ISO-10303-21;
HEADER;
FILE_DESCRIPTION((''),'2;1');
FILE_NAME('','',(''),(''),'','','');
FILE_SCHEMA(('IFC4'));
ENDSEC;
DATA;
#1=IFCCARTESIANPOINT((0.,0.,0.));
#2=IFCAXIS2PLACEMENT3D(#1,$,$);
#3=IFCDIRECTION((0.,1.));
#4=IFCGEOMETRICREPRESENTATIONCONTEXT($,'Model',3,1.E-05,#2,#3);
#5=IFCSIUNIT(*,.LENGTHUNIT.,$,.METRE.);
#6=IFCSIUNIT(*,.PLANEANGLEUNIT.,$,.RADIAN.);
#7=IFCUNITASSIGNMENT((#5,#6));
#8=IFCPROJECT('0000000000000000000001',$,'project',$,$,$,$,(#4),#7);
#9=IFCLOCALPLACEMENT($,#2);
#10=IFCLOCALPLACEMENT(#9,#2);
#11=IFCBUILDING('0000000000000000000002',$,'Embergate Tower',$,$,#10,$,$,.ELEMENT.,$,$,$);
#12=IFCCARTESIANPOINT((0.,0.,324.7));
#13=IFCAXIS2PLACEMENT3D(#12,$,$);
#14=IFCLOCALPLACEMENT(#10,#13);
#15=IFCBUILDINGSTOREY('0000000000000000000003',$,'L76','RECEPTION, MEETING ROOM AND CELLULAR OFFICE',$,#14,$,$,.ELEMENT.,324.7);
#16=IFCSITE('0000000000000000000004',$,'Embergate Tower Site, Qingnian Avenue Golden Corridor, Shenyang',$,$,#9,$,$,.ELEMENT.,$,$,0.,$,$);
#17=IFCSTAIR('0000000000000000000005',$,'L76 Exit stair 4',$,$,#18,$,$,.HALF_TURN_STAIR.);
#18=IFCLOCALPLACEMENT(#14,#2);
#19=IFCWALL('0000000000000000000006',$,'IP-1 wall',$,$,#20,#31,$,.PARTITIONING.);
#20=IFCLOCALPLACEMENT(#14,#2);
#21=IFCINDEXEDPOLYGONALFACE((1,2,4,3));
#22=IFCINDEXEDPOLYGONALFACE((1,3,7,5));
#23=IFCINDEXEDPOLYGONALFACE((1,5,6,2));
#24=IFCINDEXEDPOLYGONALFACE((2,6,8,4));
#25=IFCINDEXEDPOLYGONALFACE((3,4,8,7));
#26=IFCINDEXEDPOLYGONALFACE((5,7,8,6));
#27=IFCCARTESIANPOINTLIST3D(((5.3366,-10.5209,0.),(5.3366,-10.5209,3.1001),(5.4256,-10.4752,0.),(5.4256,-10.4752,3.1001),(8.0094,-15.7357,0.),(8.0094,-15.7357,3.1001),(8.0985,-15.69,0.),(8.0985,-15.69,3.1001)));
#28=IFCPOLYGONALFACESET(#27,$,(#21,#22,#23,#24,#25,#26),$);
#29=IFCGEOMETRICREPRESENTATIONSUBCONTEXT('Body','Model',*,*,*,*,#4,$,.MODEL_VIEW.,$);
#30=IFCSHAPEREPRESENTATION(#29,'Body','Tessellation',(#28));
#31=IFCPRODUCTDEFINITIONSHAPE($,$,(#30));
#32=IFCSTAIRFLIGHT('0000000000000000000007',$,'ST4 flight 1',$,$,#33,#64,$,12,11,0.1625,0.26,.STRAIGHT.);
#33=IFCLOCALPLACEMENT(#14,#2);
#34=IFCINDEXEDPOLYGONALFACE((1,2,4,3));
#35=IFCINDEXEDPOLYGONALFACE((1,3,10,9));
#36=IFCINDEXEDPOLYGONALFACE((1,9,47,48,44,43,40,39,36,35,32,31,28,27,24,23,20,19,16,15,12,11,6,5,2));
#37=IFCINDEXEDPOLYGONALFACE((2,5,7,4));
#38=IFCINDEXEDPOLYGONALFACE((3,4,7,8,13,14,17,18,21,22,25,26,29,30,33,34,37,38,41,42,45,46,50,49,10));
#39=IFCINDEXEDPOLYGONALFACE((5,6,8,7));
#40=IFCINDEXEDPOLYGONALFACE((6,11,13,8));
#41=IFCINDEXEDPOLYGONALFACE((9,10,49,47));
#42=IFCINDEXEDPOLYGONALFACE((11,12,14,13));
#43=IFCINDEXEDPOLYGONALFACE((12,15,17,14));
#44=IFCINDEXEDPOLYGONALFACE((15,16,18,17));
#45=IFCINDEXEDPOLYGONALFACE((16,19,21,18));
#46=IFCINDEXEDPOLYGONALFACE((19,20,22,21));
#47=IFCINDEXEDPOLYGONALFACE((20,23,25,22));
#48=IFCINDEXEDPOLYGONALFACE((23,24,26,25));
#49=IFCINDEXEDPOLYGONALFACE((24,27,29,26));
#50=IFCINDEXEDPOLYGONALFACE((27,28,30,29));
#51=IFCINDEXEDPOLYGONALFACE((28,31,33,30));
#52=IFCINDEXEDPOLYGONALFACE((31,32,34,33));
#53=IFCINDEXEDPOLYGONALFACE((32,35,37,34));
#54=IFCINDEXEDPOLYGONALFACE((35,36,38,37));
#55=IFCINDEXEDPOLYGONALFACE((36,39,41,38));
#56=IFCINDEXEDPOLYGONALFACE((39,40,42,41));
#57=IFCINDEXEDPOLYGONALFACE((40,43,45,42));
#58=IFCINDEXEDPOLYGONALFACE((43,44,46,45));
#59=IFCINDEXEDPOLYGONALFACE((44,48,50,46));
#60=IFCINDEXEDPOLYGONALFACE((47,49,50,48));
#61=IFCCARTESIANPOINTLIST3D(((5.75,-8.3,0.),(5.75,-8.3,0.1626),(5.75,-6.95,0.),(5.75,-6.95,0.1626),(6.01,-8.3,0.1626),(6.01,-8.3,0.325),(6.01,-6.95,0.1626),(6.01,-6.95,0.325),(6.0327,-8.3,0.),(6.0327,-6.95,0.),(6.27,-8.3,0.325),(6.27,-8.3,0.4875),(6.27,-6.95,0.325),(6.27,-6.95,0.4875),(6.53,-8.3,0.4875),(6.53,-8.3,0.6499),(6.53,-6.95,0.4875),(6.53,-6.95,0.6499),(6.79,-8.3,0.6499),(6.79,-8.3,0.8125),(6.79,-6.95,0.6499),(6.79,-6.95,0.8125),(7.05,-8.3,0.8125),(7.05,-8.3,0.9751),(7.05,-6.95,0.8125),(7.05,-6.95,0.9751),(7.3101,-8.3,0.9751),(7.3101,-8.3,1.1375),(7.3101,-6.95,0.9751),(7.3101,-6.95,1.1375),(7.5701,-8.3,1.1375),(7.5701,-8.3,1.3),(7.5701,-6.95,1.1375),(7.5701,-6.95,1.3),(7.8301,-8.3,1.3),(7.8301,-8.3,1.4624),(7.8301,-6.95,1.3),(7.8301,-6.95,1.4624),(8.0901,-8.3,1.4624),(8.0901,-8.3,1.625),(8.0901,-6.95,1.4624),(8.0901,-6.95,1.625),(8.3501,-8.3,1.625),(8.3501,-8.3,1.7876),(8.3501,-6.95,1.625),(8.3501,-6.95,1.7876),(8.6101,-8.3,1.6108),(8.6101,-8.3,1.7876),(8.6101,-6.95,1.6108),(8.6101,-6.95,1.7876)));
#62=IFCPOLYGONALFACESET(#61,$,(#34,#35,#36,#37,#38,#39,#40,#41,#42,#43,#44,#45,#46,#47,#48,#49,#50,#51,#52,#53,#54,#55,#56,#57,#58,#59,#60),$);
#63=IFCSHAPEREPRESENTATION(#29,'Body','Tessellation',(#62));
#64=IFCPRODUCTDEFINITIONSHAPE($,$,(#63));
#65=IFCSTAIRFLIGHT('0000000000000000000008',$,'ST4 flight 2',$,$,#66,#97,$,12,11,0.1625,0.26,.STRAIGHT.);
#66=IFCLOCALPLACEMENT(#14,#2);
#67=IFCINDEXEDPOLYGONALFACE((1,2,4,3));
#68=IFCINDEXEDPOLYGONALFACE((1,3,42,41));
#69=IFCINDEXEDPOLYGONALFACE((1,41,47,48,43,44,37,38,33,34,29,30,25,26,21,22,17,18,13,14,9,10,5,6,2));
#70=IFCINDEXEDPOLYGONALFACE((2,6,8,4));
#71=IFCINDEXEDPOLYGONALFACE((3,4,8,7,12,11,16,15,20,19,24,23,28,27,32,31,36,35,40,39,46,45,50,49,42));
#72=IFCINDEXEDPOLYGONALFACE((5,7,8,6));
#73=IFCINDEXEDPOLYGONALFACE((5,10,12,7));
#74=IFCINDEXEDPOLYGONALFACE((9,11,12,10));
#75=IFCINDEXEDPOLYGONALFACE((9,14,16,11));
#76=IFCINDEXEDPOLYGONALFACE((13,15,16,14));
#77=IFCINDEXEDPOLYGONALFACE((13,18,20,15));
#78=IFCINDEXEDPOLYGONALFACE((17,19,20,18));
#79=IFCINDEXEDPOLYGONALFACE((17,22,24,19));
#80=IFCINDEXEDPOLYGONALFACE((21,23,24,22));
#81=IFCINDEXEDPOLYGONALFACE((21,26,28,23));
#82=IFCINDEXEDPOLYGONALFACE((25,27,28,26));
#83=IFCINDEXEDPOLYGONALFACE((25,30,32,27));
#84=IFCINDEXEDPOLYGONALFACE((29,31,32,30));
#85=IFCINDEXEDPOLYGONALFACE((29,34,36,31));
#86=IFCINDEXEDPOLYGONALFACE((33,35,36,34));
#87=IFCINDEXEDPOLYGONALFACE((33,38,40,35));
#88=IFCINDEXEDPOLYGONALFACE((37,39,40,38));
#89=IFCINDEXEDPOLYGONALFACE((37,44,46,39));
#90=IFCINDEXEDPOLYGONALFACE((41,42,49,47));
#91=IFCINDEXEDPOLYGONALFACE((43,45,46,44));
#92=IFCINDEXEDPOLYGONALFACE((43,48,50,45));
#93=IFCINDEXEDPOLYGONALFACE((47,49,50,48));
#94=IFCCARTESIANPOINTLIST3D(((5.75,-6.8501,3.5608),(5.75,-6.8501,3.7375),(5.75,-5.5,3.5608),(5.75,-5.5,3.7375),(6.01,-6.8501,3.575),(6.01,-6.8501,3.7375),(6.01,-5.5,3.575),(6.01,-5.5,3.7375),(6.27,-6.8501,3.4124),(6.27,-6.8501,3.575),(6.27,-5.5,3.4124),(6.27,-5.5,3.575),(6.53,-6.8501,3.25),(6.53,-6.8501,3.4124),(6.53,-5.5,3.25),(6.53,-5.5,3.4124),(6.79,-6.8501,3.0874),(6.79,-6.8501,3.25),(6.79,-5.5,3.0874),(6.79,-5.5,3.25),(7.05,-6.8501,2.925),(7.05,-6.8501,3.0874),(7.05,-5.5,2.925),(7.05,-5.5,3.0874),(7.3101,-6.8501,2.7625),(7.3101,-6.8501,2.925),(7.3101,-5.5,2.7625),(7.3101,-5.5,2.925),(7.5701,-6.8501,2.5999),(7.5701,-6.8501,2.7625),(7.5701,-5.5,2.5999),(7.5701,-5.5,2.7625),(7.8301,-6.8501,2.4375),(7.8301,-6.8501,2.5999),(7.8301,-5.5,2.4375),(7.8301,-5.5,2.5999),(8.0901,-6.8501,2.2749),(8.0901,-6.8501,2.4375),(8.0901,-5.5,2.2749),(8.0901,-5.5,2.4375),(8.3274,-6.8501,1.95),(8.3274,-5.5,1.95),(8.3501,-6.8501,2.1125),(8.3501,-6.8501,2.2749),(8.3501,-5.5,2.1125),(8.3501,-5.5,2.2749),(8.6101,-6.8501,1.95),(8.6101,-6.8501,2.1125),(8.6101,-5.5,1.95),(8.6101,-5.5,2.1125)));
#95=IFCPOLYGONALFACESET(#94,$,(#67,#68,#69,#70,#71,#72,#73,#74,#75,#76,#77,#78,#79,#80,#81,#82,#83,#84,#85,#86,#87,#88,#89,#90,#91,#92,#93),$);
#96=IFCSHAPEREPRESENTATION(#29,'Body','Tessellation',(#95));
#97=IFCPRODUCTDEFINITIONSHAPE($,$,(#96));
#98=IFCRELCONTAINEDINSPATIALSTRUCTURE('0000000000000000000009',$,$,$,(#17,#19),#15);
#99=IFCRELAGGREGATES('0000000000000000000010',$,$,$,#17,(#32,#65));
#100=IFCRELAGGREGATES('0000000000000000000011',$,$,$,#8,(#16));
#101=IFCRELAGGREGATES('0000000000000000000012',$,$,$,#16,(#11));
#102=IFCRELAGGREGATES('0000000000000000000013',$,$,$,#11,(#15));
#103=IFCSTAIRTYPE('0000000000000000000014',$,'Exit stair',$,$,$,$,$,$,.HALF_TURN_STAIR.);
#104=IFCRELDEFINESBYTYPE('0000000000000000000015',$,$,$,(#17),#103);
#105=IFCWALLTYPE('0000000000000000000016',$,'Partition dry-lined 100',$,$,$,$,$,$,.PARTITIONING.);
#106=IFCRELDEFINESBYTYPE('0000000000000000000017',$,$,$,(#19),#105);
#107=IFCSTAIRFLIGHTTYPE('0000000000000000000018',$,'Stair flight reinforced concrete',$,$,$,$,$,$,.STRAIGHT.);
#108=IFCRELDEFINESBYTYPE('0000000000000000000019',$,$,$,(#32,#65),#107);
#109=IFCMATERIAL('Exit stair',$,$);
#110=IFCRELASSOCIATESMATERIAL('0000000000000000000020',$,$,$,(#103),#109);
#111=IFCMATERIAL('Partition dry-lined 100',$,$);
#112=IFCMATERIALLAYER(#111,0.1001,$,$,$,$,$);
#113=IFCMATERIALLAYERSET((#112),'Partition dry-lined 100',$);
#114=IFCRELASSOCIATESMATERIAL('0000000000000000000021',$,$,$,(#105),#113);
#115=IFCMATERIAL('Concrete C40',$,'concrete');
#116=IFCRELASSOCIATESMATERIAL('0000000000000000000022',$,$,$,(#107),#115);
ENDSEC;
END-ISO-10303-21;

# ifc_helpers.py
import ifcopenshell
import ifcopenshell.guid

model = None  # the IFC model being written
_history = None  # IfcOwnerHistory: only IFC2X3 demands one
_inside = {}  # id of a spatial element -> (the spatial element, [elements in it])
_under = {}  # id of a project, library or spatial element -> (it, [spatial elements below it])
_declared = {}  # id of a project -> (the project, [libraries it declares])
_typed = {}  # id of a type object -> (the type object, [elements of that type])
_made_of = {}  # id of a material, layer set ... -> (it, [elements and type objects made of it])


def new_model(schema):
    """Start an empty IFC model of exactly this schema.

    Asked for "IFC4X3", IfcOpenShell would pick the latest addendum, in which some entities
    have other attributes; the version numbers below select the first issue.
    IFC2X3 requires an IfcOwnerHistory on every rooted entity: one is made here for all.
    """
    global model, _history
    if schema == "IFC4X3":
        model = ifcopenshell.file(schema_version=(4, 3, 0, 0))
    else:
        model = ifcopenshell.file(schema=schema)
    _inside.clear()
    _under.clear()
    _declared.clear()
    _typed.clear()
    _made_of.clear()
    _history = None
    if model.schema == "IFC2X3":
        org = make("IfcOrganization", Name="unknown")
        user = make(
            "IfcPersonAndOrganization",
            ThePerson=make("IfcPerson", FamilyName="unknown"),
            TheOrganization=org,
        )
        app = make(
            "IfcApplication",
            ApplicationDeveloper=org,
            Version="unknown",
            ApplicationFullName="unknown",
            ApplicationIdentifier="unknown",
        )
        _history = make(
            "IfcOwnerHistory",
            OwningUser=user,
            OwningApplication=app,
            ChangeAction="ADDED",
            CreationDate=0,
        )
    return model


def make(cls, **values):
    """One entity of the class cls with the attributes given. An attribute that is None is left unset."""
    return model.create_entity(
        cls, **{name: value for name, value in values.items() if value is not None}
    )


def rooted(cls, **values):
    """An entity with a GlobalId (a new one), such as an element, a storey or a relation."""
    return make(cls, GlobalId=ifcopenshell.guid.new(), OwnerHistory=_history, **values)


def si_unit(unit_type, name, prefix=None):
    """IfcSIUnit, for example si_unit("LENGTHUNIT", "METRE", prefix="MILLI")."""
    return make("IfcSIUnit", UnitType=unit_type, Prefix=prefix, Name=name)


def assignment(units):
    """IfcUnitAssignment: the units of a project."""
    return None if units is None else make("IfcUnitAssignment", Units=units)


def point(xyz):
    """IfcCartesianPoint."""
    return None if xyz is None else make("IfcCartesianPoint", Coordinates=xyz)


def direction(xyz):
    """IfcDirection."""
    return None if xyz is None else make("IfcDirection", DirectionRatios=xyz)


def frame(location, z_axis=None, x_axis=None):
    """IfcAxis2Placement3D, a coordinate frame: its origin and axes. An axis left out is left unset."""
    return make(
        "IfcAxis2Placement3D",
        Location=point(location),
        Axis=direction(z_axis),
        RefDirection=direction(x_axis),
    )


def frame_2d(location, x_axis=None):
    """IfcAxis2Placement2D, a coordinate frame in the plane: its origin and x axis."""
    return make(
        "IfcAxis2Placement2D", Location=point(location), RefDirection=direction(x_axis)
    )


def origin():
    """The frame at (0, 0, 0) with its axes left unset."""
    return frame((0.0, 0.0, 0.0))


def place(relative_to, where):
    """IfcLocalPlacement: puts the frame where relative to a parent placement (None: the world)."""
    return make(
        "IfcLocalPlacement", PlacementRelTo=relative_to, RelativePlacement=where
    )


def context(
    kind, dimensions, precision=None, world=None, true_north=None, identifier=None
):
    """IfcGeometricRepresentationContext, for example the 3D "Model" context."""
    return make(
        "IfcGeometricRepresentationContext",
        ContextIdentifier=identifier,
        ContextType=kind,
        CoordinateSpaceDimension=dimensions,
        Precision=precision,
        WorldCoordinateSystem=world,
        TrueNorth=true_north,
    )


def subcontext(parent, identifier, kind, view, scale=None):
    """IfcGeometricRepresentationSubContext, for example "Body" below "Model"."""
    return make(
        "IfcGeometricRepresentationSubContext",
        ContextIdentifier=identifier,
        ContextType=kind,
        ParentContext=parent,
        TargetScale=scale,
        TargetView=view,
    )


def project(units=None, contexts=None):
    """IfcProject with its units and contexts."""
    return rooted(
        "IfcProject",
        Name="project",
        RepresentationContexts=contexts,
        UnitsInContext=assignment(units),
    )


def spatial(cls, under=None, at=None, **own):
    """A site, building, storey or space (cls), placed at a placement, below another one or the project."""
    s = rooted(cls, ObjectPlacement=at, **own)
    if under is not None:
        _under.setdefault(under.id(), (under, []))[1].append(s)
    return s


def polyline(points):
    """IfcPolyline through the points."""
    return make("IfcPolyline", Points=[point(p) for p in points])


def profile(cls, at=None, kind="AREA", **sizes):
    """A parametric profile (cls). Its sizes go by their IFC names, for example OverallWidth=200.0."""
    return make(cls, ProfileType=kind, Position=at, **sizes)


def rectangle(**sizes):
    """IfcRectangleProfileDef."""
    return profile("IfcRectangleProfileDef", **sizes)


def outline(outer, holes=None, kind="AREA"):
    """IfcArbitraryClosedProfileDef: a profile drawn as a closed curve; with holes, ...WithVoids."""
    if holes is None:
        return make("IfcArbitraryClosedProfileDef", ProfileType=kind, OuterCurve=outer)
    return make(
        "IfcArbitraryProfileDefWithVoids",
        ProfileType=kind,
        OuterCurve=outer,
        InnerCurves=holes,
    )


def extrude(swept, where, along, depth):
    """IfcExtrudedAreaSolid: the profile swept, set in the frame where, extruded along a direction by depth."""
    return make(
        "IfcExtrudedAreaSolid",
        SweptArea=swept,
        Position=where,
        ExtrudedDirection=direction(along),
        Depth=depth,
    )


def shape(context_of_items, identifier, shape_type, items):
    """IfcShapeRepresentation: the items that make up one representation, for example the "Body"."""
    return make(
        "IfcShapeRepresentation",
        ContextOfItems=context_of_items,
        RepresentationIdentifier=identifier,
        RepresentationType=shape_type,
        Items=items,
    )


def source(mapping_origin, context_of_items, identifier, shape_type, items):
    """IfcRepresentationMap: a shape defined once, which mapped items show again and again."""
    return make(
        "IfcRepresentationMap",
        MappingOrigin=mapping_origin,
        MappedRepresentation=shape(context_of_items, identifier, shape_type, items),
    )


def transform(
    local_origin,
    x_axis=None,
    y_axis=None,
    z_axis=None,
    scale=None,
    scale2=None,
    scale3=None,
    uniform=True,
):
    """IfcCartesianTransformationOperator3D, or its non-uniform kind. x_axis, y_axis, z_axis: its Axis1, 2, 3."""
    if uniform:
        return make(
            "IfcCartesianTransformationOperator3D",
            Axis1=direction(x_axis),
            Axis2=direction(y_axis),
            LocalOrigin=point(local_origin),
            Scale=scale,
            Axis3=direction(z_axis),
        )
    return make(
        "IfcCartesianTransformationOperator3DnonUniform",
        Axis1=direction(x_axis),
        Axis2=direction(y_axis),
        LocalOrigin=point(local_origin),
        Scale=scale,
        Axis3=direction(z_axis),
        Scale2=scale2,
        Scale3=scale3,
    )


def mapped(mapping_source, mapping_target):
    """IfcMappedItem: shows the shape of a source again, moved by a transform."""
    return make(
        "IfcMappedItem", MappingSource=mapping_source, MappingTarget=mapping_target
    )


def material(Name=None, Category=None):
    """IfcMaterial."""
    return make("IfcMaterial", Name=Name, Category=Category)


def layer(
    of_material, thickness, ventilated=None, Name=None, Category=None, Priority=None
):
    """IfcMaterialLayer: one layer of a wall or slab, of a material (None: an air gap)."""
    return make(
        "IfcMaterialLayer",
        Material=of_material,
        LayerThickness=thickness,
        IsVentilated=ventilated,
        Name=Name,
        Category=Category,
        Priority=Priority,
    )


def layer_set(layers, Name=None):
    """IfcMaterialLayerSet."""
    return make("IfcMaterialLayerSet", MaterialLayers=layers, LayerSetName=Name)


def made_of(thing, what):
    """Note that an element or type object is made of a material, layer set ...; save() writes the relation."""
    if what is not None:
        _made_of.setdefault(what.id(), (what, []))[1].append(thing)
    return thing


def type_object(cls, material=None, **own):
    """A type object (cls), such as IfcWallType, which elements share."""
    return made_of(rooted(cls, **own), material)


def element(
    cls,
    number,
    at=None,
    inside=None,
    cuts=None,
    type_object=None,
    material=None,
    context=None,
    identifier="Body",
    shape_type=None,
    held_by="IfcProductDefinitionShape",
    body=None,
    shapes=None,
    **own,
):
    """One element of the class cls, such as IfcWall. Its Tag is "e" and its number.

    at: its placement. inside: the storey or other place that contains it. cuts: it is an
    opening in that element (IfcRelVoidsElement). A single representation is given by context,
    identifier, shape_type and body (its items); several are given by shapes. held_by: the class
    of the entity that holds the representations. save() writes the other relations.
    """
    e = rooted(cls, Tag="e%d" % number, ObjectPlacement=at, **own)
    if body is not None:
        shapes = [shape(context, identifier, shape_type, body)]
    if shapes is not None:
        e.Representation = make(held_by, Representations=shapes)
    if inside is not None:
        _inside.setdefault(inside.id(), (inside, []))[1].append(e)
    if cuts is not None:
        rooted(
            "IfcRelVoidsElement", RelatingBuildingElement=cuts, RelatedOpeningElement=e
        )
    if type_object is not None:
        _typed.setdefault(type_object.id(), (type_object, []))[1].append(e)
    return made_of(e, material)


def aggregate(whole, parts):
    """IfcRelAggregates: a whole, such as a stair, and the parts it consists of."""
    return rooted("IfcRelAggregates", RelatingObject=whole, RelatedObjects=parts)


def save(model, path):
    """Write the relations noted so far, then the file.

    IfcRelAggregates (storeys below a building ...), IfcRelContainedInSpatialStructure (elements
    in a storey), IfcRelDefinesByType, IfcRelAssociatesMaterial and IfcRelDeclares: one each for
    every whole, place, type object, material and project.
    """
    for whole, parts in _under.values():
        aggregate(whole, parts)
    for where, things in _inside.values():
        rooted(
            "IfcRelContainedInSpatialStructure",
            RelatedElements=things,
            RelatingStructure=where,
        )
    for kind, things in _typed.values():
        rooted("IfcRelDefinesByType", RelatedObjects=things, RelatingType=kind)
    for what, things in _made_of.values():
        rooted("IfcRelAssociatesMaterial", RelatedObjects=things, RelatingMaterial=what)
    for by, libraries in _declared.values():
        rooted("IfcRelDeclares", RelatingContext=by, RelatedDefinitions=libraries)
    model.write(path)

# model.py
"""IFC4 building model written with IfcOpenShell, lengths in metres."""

from ifc_helpers import new_model, si_unit, direction, frame, frame_2d, origin, place, context, subcontext, project, spatial, polyline, rectangle, outline, extrude, source, transform, mapped, material, layer, layer_set, type_object, element, aggregate, save


model = new_model("IFC4")

# Units and contexts
model_context = context("Model", 3, precision=1e-05, world=origin(), true_north=direction((0.0, 1.0)))
body_context = subcontext(model_context, "Body", "Model", "MODEL_VIEW")
ifc_project = project(units=[si_unit("LENGTHUNIT", "METRE"), si_unit("PLANEANGLEUNIT", "RADIAN")], contexts=[model_context])

# Site, building, storey
site_placement = place(None, origin())
site = spatial("IfcSite", under=ifc_project, at=site_placement, Name="Embergate Tower Site, Qingnian Avenue Golden Corridor, Shenyang", CompositionType="ELEMENT", RefElevation=0.0)
building_placement = place(site_placement, origin())
building = spatial("IfcBuilding", under=site, at=building_placement, Name="Embergate Tower", CompositionType="ELEMENT")
storey_placement = place(building_placement, frame((0.0, 0.0, 324.7)))
storey = spatial("IfcBuildingStorey", under=building, at=storey_placement, Name="L76", Description="RECEPTION, MEETING ROOM AND CELLULAR OFFICE", CompositionType="ELEMENT", Elevation=324.7)

# Stair
ifc_material_1 = material(Name="Exit stair")
stair_type = type_object("IfcStairType", Name="Exit stair", PredefinedType="HALF_TURN_STAIR", material=ifc_material_1)
stair_placement = place(storey_placement, origin())
stair = element("IfcStair", 1, at=stair_placement, inside=storey, type_object=stair_type, Name="L76 Exit stair 4", PredefinedType="HALF_TURN_STAIR")
ifc_material_2 = material(Name="Concrete C40", Category="concrete")

# Wall
ifc_material_3 = material(Name="Partition dry-lined 100")
ifc_layer_1 = layer(ifc_material_3, 0.1001)
ifc_layer_set_1 = layer_set([ifc_layer_1], Name="Partition dry-lined 100")
wall_type_1 = type_object("IfcWallType", Name="Partition dry-lined 100", PredefinedType="PARTITIONING", material=ifc_layer_set_1)
shared_shape_1 = source(origin(), body_context, "Body", "SweptSolid", [
    extrude(rectangle(XDim=5.8599, YDim=0.1001, at=frame_2d((2.9299, 0.0))), origin(), (0.0, 0.0, 1.0), 3.1001),
])
wall_1_placement = place(storey_placement, frame((5.3811, -10.498, 0.0), z_axis=(0.0, 0.0, 1.0), x_axis=(0.456124, -0.889916, 0.0)))
element("IfcWall", 2, at=wall_1_placement, inside=storey, type_object=wall_type_1, Name="IP-1 wall", PredefinedType="PARTITIONING", context=body_context, shape_type="MappedRepresentation", body=[
    mapped(shared_shape_1, transform((0.0, 0.0, 0.0))),
])

# Stair flights
stair_flight_type = type_object("IfcStairFlightType", Name="Stair flight reinforced concrete", PredefinedType="STRAIGHT", material=ifc_material_2)
shared_shape_2 = source(origin(), body_context, "Body", "SweptSolid", [
    extrude(outline(polyline([(0.0, 0.0), (0.0, 0.1626), (0.26, 0.1626), (0.26, 0.325), (0.52, 0.325), (0.52, 0.4875), (0.78, 0.4875), (0.78, 0.6499), (1.04, 0.6499), (1.04, 0.8125), (1.3, 0.8125), (1.3, 0.9751), (1.5601, 0.9751), (1.5601, 1.1375), (1.8201, 1.1375), (1.8201, 1.3), (2.0801, 1.3), (2.0801, 1.4624), (2.3401, 1.4624), (2.3401, 1.625), (2.6001, 1.625), (2.6001, 1.7876), (2.8601, 1.7876), (2.8601, 1.95), (2.8601, 1.6108), (0.2827, 0.0), (0.0, 0.0)])), frame((0.0, 0.675, 0.0), z_axis=(0.0, -1.0, 0.0), x_axis=(1.0, 0.0, 0.0)), (0.0, 0.0, 1.0), 1.3501),
])
stair_flight_1_placement = place(storey_placement, frame((5.75, -7.625, 0.0), z_axis=(0.0, 0.0, 1.0), x_axis=(1.0, 0.0, 0.0)))
stair_flight_1 = element("IfcStairFlight", 3, at=stair_flight_1_placement, type_object=stair_flight_type, Name="ST4 flight 1", NumberOfRisers=12, NumberOfTreads=11, PredefinedType="STRAIGHT", RiserHeight=0.1625, TreadLength=0.26, context=body_context, shape_type="MappedRepresentation", body=[
    mapped(shared_shape_2, transform((0.0, 0.0, 0.0))),
])
stair_flight_2_placement = place(storey_placement, frame((8.6101, -6.175, 1.95), z_axis=(0.0, 0.0, 1.0), x_axis=(-1.0, 0.0, 0.0)))
stair_flight_2 = element("IfcStairFlight", 4, at=stair_flight_2_placement, type_object=stair_flight_type, Name="ST4 flight 2", NumberOfRisers=12, NumberOfTreads=11, PredefinedType="STRAIGHT", RiserHeight=0.1625, TreadLength=0.26, context=body_context, shape_type="MappedRepresentation", body=[
    mapped(shared_shape_2, transform((0.0, 0.0, 0.0))),
])
aggregate(stair, [stair_flight_1, stair_flight_2])

save(model, "model.ifc")
